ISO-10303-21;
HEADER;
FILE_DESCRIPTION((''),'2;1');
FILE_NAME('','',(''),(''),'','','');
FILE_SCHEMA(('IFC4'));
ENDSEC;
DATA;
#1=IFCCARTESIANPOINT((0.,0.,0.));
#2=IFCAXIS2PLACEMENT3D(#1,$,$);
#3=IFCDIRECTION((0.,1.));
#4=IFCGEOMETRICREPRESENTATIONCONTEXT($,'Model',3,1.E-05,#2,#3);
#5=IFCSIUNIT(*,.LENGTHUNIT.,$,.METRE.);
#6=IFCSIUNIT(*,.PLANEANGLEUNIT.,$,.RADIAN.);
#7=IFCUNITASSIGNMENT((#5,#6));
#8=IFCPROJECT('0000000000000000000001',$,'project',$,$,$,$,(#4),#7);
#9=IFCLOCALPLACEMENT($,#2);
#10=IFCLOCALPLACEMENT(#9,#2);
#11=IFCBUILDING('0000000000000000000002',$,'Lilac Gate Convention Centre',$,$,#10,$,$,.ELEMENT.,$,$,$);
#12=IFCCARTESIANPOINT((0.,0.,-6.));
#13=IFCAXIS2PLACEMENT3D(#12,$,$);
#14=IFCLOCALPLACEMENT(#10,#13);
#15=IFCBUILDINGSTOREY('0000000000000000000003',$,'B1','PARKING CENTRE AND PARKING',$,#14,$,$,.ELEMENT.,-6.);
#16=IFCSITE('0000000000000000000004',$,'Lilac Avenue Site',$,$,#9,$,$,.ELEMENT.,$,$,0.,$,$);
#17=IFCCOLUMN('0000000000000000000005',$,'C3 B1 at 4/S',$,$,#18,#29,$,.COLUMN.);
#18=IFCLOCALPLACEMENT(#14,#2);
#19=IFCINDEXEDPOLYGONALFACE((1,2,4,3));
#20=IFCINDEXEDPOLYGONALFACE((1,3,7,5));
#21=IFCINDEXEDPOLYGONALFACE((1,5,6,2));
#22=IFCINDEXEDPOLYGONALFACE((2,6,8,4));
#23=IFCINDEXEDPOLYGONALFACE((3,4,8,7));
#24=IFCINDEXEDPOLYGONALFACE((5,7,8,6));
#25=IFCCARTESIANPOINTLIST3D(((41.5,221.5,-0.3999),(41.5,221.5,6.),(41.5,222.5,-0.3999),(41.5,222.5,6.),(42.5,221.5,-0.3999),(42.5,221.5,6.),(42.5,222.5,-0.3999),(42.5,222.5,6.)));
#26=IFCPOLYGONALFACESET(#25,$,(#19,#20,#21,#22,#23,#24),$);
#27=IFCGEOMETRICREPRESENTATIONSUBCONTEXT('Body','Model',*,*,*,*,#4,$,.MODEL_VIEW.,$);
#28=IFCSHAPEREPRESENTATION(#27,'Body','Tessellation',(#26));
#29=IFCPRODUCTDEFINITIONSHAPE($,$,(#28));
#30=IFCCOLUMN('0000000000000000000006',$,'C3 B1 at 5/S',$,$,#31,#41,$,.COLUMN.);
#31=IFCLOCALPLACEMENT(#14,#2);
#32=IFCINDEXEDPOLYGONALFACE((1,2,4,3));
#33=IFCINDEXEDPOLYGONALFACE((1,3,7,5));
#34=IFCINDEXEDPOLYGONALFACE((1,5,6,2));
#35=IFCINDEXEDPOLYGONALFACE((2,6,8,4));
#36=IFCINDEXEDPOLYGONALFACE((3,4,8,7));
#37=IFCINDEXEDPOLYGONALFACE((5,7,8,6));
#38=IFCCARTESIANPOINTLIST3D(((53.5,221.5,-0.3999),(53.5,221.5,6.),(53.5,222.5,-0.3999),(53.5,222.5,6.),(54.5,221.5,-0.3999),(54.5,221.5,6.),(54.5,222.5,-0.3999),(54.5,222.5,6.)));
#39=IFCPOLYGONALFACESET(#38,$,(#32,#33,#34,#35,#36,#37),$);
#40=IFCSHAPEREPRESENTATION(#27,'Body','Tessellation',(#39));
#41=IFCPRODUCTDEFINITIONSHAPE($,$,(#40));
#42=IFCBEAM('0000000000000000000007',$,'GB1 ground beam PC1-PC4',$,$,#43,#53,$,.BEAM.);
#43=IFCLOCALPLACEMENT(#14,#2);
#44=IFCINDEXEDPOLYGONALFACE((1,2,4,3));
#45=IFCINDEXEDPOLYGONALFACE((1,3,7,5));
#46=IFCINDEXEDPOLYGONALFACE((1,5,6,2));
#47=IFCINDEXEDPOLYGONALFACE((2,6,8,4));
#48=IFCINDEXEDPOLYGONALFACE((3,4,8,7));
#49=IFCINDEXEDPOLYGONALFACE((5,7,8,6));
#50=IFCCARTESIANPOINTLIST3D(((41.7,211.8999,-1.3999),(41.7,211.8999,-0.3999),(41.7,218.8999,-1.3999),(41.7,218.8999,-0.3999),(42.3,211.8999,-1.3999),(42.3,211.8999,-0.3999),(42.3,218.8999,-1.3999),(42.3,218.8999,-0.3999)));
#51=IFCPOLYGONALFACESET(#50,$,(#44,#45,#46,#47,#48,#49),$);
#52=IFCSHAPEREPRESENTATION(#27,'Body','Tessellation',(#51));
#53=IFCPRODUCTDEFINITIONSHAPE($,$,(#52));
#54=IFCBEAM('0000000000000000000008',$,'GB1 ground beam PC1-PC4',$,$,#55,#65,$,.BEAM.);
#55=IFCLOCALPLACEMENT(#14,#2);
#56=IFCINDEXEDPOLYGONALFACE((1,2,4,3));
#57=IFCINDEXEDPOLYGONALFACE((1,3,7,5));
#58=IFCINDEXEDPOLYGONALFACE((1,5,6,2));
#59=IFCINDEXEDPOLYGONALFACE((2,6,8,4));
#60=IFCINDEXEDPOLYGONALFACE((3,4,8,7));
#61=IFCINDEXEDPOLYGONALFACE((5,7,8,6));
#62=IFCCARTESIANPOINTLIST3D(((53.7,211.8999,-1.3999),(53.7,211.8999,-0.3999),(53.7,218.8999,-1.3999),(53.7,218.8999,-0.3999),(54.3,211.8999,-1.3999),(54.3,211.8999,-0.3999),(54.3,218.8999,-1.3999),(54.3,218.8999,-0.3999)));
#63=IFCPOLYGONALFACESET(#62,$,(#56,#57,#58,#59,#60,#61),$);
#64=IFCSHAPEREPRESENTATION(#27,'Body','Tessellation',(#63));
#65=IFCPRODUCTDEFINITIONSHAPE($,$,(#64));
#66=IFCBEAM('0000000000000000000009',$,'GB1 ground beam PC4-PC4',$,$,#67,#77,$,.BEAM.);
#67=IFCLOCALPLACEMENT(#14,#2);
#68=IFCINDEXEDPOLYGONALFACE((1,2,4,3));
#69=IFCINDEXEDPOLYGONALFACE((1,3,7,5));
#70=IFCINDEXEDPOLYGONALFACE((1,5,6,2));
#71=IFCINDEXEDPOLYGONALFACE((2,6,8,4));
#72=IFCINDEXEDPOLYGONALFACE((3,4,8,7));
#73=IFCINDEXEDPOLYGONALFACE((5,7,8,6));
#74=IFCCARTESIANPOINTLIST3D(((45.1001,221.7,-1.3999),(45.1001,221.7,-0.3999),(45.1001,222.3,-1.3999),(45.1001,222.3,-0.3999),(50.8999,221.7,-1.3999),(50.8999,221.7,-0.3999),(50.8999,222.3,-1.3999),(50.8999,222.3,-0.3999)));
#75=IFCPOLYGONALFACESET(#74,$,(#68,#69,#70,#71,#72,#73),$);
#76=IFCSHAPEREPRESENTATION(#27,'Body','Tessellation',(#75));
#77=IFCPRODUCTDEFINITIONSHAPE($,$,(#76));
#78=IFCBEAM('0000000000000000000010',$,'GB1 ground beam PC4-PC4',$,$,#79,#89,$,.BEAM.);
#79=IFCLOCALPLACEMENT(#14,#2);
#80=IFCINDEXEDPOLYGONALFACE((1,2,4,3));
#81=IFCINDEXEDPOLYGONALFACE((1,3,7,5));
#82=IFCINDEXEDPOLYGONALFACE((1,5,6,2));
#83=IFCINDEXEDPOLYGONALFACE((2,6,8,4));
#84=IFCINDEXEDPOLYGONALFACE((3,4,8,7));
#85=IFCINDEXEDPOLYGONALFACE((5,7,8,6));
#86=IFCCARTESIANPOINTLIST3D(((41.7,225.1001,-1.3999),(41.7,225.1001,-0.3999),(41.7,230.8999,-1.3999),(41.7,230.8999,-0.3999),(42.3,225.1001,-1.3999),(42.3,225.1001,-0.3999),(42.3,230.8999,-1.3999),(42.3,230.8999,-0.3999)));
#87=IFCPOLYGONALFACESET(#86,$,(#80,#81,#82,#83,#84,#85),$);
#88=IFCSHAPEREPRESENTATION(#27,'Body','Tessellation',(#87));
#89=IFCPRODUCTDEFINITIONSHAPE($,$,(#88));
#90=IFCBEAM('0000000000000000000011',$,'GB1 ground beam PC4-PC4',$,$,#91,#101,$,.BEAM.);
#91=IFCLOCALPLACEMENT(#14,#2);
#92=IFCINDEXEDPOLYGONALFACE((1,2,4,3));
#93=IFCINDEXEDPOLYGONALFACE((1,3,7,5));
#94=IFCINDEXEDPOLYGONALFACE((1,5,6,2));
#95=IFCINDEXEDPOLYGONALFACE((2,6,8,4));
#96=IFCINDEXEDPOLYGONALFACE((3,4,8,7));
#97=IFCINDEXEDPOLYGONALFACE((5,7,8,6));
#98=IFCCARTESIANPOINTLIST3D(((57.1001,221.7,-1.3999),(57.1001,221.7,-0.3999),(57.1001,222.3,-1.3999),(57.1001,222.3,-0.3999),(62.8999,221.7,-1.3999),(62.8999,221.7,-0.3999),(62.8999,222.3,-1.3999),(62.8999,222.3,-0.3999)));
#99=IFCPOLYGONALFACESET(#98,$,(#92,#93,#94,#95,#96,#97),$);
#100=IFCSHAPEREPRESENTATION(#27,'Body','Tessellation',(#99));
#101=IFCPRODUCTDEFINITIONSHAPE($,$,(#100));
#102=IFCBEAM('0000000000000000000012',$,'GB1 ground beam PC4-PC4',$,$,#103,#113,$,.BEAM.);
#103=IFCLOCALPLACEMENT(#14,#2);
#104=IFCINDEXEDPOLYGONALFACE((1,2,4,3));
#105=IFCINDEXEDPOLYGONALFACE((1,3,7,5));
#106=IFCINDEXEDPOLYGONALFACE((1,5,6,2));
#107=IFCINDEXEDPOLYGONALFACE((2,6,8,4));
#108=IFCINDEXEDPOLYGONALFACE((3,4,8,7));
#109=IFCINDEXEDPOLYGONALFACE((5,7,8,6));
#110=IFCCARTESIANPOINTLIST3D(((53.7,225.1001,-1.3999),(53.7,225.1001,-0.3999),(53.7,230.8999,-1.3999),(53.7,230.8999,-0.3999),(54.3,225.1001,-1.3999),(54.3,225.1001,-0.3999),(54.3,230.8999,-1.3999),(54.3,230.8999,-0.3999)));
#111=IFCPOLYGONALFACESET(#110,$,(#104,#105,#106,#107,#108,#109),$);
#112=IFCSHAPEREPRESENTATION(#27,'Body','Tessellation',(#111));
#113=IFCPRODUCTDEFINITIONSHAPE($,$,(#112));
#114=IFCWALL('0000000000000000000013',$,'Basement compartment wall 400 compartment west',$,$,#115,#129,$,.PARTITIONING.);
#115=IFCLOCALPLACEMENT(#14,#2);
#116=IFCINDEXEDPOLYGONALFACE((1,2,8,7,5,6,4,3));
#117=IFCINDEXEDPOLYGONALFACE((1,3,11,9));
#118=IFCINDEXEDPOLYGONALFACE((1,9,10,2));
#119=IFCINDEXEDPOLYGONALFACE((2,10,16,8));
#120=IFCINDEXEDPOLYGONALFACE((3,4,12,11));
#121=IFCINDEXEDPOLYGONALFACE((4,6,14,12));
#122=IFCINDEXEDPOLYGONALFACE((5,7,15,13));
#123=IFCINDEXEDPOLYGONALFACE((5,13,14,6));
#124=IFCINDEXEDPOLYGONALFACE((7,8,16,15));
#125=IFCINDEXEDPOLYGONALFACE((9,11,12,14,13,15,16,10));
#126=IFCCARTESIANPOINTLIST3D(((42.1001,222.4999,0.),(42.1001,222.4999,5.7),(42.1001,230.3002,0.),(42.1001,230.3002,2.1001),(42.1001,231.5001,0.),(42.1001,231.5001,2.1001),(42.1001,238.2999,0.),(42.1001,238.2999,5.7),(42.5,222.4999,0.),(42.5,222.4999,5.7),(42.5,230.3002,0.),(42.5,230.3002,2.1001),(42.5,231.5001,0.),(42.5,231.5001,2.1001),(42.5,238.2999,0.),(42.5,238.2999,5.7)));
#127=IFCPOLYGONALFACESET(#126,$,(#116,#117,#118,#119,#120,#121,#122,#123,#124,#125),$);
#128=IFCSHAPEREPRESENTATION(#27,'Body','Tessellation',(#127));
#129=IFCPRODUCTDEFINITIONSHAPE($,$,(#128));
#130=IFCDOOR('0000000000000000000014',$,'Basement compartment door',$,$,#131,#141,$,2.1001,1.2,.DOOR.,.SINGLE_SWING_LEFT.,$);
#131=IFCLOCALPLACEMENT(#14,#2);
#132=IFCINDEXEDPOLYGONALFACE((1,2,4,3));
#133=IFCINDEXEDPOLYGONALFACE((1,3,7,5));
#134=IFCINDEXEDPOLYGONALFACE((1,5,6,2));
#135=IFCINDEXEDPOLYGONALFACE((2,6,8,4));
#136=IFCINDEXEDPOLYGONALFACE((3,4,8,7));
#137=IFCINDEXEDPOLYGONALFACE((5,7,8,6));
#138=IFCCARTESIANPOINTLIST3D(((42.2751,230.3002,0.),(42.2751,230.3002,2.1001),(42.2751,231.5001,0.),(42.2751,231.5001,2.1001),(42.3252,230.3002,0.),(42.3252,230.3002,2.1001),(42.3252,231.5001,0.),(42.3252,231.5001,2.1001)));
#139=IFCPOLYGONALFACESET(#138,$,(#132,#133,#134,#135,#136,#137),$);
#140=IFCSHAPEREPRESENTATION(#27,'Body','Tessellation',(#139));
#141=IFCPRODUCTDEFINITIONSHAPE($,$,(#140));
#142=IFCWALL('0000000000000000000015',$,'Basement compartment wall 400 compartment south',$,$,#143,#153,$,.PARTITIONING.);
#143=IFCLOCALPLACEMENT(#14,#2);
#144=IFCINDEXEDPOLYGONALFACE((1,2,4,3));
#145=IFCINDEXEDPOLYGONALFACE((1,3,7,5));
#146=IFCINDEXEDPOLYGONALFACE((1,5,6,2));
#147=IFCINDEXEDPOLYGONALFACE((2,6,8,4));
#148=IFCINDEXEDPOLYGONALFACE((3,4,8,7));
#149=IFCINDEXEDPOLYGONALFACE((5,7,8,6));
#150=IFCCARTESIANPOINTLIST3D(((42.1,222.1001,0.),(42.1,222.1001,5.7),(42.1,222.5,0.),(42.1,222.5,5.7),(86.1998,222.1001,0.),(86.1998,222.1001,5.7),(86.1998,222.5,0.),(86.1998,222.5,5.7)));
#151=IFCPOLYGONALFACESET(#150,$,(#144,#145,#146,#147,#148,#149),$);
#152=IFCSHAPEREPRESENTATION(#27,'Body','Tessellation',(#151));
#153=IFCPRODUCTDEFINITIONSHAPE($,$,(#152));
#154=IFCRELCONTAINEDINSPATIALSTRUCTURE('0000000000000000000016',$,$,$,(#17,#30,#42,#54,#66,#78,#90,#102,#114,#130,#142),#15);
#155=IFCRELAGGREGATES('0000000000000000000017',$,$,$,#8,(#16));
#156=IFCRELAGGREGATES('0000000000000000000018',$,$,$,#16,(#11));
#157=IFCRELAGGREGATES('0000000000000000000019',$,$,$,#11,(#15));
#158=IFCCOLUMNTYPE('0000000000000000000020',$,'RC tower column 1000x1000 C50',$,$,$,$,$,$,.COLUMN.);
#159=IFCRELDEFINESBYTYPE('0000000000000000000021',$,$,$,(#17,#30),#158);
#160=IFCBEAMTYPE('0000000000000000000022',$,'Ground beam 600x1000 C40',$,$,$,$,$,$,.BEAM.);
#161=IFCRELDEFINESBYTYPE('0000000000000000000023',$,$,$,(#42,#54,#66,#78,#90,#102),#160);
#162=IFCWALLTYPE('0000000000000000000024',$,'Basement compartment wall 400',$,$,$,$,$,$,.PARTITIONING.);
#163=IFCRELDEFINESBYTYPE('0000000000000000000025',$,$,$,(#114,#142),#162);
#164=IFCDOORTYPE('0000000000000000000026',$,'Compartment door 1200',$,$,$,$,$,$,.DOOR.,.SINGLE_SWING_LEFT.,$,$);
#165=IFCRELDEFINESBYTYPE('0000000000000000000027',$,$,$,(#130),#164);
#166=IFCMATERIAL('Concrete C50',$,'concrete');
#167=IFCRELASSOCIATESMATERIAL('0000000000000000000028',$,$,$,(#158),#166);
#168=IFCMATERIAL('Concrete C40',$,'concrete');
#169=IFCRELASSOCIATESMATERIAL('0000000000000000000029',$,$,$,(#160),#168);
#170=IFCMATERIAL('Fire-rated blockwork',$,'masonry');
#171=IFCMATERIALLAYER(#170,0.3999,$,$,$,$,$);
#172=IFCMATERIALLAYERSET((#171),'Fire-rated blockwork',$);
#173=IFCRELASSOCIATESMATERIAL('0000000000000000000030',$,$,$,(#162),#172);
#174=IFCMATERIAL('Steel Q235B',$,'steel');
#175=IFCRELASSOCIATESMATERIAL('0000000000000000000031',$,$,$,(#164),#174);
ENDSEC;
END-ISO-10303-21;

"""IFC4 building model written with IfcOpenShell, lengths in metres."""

from ifc_helpers import new_model, si_unit, direction, frame, frame_2d, origin, origin_2d, place, context, subcontext, project, spatial, rectangle, extrude, material, layer, layer_set, material_profile, profile_set, type_object, element, fill, save


model = new_model("IFC4")

# Units and contexts
model_context = context("Model", 3, precision=1e-05, world=origin(), true_north=direction((0.0, 1.0)))
body_context = subcontext(model_context, "Body", "Model", "MODEL_VIEW")
ifc_project = project(units=[si_unit("LENGTHUNIT", "METRE"), si_unit("PLANEANGLEUNIT", "RADIAN")], contexts=[model_context])

# Site, building, storey
site_placement = place(None, origin())
site = spatial("IfcSite", under=ifc_project, at=site_placement, Name="Lilac Avenue Site", CompositionType="ELEMENT", RefElevation=0.0)
building_placement = place(site_placement, origin())
building = spatial("IfcBuilding", under=site, at=building_placement, Name="Lilac Gate Convention Centre", CompositionType="ELEMENT")
storey_placement = place(building_placement, frame((0.0, 0.0, -6.0)))
storey = spatial("IfcBuildingStorey", under=building, at=storey_placement, Name="B1", Description="PARKING CENTRE AND PARKING", CompositionType="ELEMENT", Elevation=-6.0)

# Columns
ifc_material_1 = material(Name="Concrete C50", Category="concrete")
ifc_material_profile_1 = material_profile(ifc_material_1, rectangle(XDim=1.0, YDim=1.0, at=origin_2d()), Name="RC 1000x1000")
ifc_profile_set_1 = profile_set([ifc_material_profile_1], Name="Concrete C50")
column_type = type_object("IfcColumnType", Name="RC tower column 1000x1000 C50", PredefinedType="COLUMN", material=ifc_profile_set_1)
for number, where, z_axis, x_axis, name in (
    (1, (42.0, 222.0, -0.3999), (0.0, 0.0, 1.0), (1.0, 0.0, 0.0), "C3 B1 at 4/S"),
    (2, (54.0, 222.0, -0.3999), (0.0, 0.0, 1.0), (1.0, 0.0, 0.0), "C3 B1 at 5/S"),
):
    element("IfcColumn", number, at=place(storey_placement, frame(where, z_axis=z_axis, x_axis=x_axis)), inside=storey, type_object=column_type, Name=name, PredefinedType="COLUMN", context=body_context, shape_type="SweptSolid", body=[
        extrude(rectangle(XDim=1.0, YDim=1.0, at=origin_2d()), origin(), (0.0, 0.0, 1.0), 6.3999),
    ])

# Beams
ifc_material_2 = material(Name="Concrete C40", Category="concrete")
ifc_material_profile_2 = material_profile(ifc_material_2, rectangle(XDim=0.6001, YDim=1.0, at=origin_2d()), Name="RC 600x1000")
ifc_profile_set_2 = profile_set([ifc_material_profile_2], Name="Concrete C40")
beam_type = type_object("IfcBeamType", Name="Ground beam 600x1000 C40", PredefinedType="BEAM", material=ifc_profile_set_2)
for number, where, z_axis, x_axis, name in (
    (3, (42.0, 211.8999, -0.8999), (0.0, 1.0, 0.0), (-1.0, 0.0, 0.0), "GB1 ground beam PC1-PC4"),
    (4, (54.0, 211.8999, -0.8999), (0.0, 1.0, 0.0), (-1.0, 0.0, 0.0), "GB1 ground beam PC1-PC4"),
):
    element("IfcBeam", number, at=place(storey_placement, frame(where, z_axis=z_axis, x_axis=x_axis)), inside=storey, type_object=beam_type, Name=name, PredefinedType="BEAM", context=body_context, shape_type="SweptSolid", body=[
        extrude(rectangle(XDim=0.6001, YDim=1.0, at=origin_2d()), origin(), (0.0, 0.0, 1.0), 7.0),
    ])
for number, where, z_axis, x_axis, name in (
    (5, (45.1001, 222.0, -0.8999), (1.0, 0.0, 0.0), (0.0, 1.0, 0.0), "GB1 ground beam PC4-PC4"),
    (6, (42.0, 225.1001, -0.8999), (0.0, 1.0, 0.0), (-1.0, 0.0, 0.0), "GB1 ground beam PC4-PC4"),
    (7, (57.1001, 222.0, -0.8999), (1.0, 0.0, 0.0), (0.0, 1.0, 0.0), "GB1 ground beam PC4-PC4"),
    (8, (54.0, 225.1001, -0.8999), (0.0, 1.0, 0.0), (-1.0, 0.0, 0.0), "GB1 ground beam PC4-PC4"),
):
    element("IfcBeam", number, at=place(storey_placement, frame(where, z_axis=z_axis, x_axis=x_axis)), inside=storey, type_object=beam_type, Name=name, PredefinedType="BEAM", context=body_context, shape_type="SweptSolid", body=[
        extrude(rectangle(XDim=0.6001, YDim=1.0, at=origin_2d()), origin(), (0.0, 0.0, 1.0), 5.7998),
    ])

# Wall, opening, door
ifc_material_3 = material(Name="Fire-rated blockwork", Category="masonry")
ifc_layer = layer(ifc_material_3, 0.3999)
ifc_layer_set = layer_set([ifc_layer], Name="Fire-rated blockwork")
wall_type = type_object("IfcWallType", Name="Basement compartment wall 400", PredefinedType="PARTITIONING", material=ifc_layer_set)
wall_1_placement = place(storey_placement, frame((42.3, 222.5, 0.0), z_axis=(0.0, 0.0, 1.0), x_axis=(0.0, 1.0, 0.0)))
wall_1 = element("IfcWall", 9, at=wall_1_placement, inside=storey, type_object=wall_type, Name="Basement compartment wall 400 compartment west", PredefinedType="PARTITIONING", context=body_context, shape_type="SweptSolid", body=[
    extrude(rectangle(XDim=15.8, YDim=0.3999, at=frame_2d((7.8999, 0.0))), origin(), (0.0, 0.0, 1.0), 5.7),
])
opening_placement = place(wall_1_placement, frame((7.8, 0.0, 0.0)))
opening = element("IfcOpeningElement", 10, at=opening_placement, cuts=wall_1, PredefinedType="OPENING", context=body_context, shape_type="SweptSolid", body=[
    extrude(rectangle(XDim=1.2, YDim=2.1001, at=frame_2d((0.6001, 1.05))), frame((0.0, 0.21, 0.0), z_axis=(0.0, -1.0, 0.0), x_axis=(1.0, 0.0, 0.0)), (0.0, 0.0, 1.0), 0.4199),
])
ifc_material_4 = material(Name="Steel Q235B", Category="steel")
door_type = type_object("IfcDoorType", Name="Compartment door 1200", OperationType="SINGLE_SWING_LEFT", PredefinedType="DOOR", material=ifc_material_4)
door_placement = place(opening_placement, origin())
door = element("IfcDoor", 11, at=door_placement, inside=storey, type_object=door_type, Name="Basement compartment door", OperationType="SINGLE_SWING_LEFT", OverallHeight=2.1001, OverallWidth=1.2, PredefinedType="DOOR", context=body_context, shape_type="SweptSolid", body=[
    extrude(rectangle(XDim=1.2, YDim=2.1001, at=frame_2d((0.6001, 1.05))), frame((0.0, 0.0249, 0.0), z_axis=(0.0, -1.0, 0.0), x_axis=(1.0, 0.0, 0.0)), (0.0, 0.0, 1.0), 0.05),
])
fill(opening, door)

# Wall
wall_2_placement = place(storey_placement, frame((42.1001, 222.3, 0.0), z_axis=(0.0, 0.0, 1.0), x_axis=(1.0, 0.0, 0.0)))
element("IfcWall", 12, at=wall_2_placement, inside=storey, type_object=wall_type, Name="Basement compartment wall 400 compartment south", PredefinedType="PARTITIONING", context=body_context, shape_type="SweptSolid", body=[
    extrude(rectangle(XDim=44.0999, YDim=0.3999, at=frame_2d((22.0498, 0.0))), origin(), (0.0, 0.0, 1.0), 5.7),
])

save(model, "model.ifc")
